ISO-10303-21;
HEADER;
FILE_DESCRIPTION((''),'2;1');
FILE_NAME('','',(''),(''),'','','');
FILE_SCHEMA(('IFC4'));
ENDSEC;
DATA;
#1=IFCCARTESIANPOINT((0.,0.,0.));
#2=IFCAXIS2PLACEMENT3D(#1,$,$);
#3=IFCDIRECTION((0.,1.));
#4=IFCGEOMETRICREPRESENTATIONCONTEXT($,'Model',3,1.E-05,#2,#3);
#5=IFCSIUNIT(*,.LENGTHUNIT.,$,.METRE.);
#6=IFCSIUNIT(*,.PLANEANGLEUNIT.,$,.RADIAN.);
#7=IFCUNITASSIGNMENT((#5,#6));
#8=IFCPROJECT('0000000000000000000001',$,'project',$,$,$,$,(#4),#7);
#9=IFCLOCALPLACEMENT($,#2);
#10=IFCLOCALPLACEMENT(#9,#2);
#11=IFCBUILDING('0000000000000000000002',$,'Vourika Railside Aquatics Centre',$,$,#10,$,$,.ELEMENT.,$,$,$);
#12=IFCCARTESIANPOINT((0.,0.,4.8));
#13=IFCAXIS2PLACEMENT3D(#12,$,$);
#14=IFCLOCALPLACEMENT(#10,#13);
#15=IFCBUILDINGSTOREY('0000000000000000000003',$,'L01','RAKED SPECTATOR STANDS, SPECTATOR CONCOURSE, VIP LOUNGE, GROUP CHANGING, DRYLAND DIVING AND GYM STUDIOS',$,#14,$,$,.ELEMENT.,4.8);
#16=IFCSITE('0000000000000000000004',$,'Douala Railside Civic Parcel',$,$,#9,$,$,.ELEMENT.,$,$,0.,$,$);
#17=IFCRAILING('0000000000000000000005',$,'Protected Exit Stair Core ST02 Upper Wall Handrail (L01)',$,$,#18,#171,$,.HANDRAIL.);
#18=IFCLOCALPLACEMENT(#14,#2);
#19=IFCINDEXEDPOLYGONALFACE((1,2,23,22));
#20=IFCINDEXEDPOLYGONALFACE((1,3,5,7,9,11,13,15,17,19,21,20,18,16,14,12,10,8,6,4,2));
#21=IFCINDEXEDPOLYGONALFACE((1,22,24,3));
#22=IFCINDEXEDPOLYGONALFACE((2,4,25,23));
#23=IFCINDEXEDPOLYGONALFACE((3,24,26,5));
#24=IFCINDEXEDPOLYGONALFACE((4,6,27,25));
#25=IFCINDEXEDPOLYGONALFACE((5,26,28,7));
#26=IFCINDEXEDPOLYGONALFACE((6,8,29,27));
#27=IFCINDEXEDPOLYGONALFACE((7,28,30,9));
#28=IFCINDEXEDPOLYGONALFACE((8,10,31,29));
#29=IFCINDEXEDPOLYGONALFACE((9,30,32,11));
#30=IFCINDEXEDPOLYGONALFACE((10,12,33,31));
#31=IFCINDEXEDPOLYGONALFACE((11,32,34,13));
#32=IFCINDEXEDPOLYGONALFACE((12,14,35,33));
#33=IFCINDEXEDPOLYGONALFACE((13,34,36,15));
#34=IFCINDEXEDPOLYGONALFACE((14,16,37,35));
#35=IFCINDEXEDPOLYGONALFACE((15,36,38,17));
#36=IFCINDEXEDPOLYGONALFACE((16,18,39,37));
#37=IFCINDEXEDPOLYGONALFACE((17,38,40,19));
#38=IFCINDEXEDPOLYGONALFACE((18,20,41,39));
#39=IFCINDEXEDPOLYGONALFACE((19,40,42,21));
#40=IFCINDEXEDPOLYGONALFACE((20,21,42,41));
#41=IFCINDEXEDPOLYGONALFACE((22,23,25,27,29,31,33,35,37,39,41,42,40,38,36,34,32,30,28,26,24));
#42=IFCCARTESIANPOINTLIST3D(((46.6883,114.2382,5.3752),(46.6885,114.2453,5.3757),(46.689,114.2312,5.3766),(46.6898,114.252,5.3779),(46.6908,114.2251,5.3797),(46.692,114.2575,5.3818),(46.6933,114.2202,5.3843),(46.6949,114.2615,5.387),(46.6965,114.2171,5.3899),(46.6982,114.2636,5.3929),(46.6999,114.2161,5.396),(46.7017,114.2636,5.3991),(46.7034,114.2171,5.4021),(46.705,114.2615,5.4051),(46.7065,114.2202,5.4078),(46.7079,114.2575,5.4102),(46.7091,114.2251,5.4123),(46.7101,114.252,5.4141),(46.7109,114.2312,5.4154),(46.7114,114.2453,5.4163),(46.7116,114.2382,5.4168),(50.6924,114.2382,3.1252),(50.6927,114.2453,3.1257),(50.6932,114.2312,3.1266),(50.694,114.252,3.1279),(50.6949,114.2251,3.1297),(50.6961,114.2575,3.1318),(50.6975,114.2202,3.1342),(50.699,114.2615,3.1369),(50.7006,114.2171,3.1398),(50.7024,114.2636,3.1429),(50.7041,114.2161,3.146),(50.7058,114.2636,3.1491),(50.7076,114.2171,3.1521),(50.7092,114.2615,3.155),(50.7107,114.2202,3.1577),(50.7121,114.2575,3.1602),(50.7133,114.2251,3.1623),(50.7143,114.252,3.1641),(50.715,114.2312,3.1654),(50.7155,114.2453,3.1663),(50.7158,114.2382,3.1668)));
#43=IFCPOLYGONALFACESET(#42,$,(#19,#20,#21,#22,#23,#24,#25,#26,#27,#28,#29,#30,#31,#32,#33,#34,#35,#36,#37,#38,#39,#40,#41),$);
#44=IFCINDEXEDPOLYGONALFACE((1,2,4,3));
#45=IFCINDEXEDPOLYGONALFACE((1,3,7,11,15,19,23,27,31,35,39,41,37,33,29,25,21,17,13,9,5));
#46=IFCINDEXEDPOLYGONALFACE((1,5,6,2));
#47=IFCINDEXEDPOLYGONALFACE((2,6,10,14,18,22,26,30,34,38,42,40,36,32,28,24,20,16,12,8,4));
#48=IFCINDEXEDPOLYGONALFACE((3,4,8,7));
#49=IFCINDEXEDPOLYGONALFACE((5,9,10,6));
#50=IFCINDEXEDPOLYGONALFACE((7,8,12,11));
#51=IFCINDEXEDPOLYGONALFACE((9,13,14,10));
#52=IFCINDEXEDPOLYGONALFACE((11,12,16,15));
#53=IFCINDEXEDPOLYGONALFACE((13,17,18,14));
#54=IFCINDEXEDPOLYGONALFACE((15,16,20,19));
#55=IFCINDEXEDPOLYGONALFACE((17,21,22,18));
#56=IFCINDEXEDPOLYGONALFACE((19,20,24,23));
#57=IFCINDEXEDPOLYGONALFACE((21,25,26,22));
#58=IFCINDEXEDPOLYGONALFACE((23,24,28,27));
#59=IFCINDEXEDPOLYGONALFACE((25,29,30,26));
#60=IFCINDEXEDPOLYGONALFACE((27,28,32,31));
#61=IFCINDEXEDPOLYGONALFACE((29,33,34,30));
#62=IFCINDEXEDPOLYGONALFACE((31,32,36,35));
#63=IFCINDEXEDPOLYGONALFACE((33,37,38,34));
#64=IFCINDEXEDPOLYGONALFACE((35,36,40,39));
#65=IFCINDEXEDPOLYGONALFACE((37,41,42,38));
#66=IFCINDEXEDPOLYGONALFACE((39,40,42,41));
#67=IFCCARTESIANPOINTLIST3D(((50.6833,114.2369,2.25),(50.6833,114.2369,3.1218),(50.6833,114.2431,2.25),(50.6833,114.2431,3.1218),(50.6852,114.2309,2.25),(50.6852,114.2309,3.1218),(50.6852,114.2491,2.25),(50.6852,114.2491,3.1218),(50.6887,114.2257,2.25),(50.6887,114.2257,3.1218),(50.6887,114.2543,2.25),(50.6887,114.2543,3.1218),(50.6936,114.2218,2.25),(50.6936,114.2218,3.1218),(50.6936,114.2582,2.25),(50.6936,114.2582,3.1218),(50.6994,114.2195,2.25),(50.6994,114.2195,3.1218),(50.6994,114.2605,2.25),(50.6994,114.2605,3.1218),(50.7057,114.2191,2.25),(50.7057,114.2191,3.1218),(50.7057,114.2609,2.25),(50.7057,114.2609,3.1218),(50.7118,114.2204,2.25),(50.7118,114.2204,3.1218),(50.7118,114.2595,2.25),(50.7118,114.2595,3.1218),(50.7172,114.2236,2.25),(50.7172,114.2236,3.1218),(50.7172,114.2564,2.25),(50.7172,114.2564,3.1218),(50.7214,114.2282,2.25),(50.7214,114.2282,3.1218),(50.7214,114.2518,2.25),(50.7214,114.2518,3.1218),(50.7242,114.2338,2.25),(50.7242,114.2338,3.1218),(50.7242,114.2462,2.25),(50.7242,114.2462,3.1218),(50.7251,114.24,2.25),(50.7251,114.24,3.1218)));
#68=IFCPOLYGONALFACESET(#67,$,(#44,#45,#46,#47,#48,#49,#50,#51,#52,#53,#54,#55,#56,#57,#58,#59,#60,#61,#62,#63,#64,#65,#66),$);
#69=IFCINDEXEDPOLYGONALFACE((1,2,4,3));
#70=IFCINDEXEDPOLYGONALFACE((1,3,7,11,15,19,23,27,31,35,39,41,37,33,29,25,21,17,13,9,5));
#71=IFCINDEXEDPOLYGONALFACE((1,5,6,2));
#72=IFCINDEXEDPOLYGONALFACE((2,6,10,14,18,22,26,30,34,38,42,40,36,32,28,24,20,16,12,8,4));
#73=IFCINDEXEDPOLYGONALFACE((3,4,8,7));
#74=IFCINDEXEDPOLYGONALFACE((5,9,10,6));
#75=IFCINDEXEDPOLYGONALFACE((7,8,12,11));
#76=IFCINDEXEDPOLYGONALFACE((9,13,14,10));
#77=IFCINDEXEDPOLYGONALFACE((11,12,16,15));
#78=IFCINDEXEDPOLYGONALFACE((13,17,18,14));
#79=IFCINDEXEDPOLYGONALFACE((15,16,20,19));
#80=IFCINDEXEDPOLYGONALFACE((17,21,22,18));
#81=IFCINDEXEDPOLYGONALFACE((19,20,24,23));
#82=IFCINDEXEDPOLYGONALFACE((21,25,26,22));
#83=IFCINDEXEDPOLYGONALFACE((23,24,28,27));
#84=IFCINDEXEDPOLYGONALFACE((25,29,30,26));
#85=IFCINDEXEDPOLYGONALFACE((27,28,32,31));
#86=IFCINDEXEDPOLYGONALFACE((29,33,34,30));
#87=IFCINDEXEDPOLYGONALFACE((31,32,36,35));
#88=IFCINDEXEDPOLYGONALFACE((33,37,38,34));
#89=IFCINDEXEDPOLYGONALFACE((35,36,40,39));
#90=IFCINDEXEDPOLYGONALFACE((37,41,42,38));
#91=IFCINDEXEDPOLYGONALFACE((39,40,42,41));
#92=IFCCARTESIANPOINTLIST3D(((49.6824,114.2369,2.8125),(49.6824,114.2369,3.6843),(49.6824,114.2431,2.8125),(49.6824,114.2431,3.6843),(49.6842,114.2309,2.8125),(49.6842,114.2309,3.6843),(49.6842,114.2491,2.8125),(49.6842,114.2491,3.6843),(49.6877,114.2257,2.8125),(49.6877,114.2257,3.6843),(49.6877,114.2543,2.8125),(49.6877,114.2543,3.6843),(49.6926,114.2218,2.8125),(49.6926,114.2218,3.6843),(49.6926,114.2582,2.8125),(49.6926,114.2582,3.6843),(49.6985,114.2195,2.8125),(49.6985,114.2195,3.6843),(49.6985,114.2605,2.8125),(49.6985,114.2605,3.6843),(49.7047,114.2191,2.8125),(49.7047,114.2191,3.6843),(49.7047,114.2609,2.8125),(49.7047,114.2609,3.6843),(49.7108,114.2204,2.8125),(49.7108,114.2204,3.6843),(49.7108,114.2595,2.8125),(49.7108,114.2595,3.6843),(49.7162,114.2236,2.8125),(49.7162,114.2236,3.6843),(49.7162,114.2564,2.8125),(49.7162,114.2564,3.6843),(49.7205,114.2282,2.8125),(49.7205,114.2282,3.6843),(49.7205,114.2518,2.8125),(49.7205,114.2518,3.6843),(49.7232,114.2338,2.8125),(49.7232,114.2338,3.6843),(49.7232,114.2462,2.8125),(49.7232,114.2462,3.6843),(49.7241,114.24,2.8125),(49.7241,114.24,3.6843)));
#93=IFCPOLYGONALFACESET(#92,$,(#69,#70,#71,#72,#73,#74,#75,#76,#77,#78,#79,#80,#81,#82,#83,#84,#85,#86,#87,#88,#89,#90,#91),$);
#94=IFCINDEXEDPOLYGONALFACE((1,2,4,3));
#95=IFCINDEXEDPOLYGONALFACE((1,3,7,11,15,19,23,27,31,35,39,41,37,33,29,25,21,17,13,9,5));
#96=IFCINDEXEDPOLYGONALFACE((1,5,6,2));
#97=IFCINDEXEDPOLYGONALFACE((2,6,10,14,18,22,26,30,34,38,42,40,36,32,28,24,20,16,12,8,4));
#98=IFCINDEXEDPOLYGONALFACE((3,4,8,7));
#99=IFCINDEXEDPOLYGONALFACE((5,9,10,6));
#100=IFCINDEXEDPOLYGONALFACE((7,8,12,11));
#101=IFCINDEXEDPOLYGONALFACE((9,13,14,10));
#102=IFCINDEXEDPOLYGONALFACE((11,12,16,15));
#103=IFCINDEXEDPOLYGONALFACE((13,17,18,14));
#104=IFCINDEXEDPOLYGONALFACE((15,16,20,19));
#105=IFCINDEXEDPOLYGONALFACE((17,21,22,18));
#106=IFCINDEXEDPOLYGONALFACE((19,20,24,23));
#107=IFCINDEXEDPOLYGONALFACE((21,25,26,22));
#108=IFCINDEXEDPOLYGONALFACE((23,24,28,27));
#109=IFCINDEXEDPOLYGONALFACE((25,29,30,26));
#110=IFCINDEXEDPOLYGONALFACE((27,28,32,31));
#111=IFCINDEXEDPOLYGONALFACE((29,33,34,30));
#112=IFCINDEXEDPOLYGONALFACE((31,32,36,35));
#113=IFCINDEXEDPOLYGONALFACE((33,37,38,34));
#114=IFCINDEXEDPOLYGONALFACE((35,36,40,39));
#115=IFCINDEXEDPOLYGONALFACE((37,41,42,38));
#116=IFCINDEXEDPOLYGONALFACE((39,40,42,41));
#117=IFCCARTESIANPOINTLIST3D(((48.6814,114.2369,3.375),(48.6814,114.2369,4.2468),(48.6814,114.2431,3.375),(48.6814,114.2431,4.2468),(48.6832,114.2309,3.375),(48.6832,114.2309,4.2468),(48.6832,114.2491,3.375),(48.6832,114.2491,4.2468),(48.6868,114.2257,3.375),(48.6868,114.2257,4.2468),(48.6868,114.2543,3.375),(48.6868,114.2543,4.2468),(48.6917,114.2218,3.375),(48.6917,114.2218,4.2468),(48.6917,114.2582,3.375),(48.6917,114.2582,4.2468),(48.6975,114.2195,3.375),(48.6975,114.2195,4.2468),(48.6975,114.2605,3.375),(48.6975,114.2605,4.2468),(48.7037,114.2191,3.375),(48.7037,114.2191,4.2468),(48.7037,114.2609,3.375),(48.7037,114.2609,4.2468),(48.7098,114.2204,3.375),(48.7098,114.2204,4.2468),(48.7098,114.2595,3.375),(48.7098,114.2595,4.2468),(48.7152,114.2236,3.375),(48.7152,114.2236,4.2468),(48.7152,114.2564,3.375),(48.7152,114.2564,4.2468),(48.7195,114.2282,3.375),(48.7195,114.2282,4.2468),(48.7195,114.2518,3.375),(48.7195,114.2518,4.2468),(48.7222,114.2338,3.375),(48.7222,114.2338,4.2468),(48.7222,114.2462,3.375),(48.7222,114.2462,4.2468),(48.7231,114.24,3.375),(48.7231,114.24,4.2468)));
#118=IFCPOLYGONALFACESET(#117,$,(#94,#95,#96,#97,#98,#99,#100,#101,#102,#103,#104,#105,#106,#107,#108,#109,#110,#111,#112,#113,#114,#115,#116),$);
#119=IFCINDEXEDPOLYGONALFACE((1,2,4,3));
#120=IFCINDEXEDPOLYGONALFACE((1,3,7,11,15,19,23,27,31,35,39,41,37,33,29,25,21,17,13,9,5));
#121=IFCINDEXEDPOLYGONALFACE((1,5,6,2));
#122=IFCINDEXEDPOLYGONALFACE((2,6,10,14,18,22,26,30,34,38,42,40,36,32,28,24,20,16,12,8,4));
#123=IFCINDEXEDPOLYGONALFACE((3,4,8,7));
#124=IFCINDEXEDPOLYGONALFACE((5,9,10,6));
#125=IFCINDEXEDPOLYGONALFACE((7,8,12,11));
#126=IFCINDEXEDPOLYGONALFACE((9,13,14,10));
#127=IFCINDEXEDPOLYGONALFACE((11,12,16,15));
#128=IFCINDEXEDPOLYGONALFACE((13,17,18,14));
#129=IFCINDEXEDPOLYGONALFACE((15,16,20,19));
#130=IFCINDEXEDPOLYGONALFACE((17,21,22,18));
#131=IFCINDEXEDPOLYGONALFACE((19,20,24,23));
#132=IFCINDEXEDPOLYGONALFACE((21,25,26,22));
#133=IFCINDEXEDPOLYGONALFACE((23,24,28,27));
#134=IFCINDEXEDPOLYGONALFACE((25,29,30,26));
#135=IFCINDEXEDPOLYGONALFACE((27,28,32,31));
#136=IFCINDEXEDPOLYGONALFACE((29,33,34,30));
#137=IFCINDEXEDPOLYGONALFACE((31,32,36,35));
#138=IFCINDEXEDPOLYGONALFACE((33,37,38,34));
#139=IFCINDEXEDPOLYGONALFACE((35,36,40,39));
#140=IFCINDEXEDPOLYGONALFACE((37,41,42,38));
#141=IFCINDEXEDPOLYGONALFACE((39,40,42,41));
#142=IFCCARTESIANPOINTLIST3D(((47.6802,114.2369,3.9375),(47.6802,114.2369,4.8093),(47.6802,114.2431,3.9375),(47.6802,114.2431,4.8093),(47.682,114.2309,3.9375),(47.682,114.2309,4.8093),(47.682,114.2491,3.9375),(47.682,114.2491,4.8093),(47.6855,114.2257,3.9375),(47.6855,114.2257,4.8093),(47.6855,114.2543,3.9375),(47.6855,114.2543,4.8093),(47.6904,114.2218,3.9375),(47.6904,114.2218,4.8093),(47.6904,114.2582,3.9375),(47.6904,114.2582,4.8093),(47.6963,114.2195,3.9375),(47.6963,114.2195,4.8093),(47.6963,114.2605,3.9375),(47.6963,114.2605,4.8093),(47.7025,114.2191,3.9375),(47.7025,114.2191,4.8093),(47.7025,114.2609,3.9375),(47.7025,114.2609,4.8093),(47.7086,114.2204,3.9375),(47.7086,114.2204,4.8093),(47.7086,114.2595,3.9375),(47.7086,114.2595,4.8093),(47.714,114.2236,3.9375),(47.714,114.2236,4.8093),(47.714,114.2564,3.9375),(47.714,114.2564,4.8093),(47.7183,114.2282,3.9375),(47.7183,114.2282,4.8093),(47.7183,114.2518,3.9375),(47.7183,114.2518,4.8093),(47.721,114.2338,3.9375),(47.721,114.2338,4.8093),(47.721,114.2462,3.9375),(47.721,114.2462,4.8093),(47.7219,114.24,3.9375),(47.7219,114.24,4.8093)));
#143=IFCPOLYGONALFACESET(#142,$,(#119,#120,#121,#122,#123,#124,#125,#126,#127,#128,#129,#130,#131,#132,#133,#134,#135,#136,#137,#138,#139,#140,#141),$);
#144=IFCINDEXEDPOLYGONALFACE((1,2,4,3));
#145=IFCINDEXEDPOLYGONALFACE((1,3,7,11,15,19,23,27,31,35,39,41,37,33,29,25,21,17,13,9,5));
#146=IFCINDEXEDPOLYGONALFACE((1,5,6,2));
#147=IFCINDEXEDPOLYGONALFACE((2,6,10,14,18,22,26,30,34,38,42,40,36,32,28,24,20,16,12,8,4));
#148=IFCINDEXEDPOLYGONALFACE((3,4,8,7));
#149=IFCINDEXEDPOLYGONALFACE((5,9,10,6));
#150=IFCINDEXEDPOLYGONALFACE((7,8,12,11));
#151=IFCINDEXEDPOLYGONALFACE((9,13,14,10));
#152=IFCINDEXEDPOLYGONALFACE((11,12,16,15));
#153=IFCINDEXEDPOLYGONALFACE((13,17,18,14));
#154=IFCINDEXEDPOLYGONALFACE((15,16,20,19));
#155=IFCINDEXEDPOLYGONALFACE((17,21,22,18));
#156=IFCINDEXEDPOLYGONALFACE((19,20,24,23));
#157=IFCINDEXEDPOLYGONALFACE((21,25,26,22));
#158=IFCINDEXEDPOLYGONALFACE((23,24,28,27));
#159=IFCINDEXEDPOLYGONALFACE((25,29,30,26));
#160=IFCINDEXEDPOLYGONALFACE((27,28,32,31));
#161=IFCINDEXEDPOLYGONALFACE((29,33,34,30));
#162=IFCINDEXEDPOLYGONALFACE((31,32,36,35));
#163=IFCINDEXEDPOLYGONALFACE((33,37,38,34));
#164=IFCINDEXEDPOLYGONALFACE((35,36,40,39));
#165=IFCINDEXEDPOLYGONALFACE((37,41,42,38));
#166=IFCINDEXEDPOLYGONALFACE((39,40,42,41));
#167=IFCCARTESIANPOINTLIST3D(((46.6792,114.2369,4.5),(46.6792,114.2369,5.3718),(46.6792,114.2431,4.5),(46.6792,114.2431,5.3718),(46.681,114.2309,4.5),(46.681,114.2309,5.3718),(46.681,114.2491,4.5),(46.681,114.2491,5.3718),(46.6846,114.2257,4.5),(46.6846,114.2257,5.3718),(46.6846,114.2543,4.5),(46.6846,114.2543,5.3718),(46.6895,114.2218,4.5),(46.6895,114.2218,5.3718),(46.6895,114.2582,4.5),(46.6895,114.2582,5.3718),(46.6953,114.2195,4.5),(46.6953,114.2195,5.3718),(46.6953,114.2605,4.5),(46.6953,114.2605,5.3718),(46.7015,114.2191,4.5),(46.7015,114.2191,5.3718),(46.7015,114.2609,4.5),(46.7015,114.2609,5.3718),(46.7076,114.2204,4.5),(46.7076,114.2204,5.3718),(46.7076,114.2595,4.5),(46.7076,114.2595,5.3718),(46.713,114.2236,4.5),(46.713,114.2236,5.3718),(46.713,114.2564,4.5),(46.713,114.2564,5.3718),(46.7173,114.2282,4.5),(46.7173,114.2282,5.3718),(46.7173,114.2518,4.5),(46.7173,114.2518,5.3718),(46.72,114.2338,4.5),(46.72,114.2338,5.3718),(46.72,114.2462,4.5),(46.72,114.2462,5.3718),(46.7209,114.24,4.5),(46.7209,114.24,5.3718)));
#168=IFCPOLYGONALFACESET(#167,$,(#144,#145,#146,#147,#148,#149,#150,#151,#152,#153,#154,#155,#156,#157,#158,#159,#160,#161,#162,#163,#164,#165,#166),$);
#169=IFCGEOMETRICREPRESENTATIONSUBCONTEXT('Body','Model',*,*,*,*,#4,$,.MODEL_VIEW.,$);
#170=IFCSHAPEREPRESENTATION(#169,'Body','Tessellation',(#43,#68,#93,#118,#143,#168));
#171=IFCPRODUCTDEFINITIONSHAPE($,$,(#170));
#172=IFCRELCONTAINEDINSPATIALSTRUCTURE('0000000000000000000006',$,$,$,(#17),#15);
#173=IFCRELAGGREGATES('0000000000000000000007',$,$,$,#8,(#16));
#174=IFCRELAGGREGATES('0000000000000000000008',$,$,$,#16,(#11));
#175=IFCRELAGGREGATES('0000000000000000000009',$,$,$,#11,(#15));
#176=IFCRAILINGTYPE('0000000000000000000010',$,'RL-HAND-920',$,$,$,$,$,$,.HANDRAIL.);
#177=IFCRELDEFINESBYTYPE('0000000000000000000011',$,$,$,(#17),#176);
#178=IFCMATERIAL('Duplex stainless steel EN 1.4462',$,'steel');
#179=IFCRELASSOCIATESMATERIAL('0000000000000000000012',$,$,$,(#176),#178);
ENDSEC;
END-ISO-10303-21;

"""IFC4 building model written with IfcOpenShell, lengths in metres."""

from ifc_helpers import new_model, si_unit, direction, frame, origin, origin_2d, place, context, subcontext, project, spatial, circle, extrude, material, type_object, element, save


model = new_model("IFC4")

# Units and contexts
model_context = context("Model", 3, precision=1e-05, world=origin(), true_north=direction((0.0, 1.0)))
body_context = subcontext(model_context, "Body", "Model", "MODEL_VIEW")
ifc_project = project(units=[si_unit("LENGTHUNIT", "METRE"), si_unit("PLANEANGLEUNIT", "RADIAN")], contexts=[model_context])

# Site, building, storey
site_placement = place(None, origin())
site = spatial("IfcSite", under=ifc_project, at=site_placement, Name="Douala Railside Civic Parcel", CompositionType="ELEMENT", RefElevation=0.0)
building_placement = place(site_placement, origin())
building = spatial("IfcBuilding", under=site, at=building_placement, Name="Vourika Railside Aquatics Centre", CompositionType="ELEMENT")
storey_placement = place(building_placement, frame((0.0, 0.0, 4.8)))
storey = spatial("IfcBuildingStorey", under=building, at=storey_placement, Name="L01", Description="RAKED SPECTATOR STANDS, SPECTATOR CONCOURSE, VIP LOUNGE, GROUP CHANGING, DRYLAND DIVING AND GYM STUDIOS", CompositionType="ELEMENT", Elevation=4.8)

# Railing
ifc_material_1 = material(Name="Duplex stainless steel EN 1.4462", Category="steel")
railing_type_1 = type_object("IfcRailingType", Name="RL-HAND-920", PredefinedType="HANDRAIL", material=ifc_material_1)
railing_1_placement = place(storey_placement, frame((50.7041, 114.24, 2.25)))
element("IfcRailing", 1, at=railing_1_placement, inside=storey, type_object=railing_type_1, Name="Protected Exit Stair Core ST02 Upper Wall Handrail (L01)", PredefinedType="HANDRAIL", context=body_context, shape_type="SweptSolid", body=[
    extrude(circle(Radius=0.0239, at=origin_2d()), frame((0.0, 0.0, 0.896), z_axis=(-0.871793, 0.0, 0.489875), x_axis=(0.0, -1.0, 0.0)), (0.0, 0.0, 1.0), 4.593),
    extrude(circle(Radius=0.021, at=origin_2d()), origin(), (0.0, 0.0, 1.0), 0.8718),
    extrude(circle(Radius=0.021, at=origin_2d()), frame((-1.001, 0.0, 0.5625)), (0.0, 0.0, 1.0), 0.8718),
    extrude(circle(Radius=0.021, at=origin_2d()), frame((-2.002, 0.0, 1.125)), (0.0, 0.0, 1.0), 0.8718),
    extrude(circle(Radius=0.021, at=origin_2d()), frame((-3.0032, 0.0, 1.6875)), (0.0, 0.0, 1.0), 0.8718),
    extrude(circle(Radius=0.021, at=origin_2d()), frame((-4.0042, 0.0, 2.25)), (0.0, 0.0, 1.0), 0.8718),
])

save(model, "model.ifc")
